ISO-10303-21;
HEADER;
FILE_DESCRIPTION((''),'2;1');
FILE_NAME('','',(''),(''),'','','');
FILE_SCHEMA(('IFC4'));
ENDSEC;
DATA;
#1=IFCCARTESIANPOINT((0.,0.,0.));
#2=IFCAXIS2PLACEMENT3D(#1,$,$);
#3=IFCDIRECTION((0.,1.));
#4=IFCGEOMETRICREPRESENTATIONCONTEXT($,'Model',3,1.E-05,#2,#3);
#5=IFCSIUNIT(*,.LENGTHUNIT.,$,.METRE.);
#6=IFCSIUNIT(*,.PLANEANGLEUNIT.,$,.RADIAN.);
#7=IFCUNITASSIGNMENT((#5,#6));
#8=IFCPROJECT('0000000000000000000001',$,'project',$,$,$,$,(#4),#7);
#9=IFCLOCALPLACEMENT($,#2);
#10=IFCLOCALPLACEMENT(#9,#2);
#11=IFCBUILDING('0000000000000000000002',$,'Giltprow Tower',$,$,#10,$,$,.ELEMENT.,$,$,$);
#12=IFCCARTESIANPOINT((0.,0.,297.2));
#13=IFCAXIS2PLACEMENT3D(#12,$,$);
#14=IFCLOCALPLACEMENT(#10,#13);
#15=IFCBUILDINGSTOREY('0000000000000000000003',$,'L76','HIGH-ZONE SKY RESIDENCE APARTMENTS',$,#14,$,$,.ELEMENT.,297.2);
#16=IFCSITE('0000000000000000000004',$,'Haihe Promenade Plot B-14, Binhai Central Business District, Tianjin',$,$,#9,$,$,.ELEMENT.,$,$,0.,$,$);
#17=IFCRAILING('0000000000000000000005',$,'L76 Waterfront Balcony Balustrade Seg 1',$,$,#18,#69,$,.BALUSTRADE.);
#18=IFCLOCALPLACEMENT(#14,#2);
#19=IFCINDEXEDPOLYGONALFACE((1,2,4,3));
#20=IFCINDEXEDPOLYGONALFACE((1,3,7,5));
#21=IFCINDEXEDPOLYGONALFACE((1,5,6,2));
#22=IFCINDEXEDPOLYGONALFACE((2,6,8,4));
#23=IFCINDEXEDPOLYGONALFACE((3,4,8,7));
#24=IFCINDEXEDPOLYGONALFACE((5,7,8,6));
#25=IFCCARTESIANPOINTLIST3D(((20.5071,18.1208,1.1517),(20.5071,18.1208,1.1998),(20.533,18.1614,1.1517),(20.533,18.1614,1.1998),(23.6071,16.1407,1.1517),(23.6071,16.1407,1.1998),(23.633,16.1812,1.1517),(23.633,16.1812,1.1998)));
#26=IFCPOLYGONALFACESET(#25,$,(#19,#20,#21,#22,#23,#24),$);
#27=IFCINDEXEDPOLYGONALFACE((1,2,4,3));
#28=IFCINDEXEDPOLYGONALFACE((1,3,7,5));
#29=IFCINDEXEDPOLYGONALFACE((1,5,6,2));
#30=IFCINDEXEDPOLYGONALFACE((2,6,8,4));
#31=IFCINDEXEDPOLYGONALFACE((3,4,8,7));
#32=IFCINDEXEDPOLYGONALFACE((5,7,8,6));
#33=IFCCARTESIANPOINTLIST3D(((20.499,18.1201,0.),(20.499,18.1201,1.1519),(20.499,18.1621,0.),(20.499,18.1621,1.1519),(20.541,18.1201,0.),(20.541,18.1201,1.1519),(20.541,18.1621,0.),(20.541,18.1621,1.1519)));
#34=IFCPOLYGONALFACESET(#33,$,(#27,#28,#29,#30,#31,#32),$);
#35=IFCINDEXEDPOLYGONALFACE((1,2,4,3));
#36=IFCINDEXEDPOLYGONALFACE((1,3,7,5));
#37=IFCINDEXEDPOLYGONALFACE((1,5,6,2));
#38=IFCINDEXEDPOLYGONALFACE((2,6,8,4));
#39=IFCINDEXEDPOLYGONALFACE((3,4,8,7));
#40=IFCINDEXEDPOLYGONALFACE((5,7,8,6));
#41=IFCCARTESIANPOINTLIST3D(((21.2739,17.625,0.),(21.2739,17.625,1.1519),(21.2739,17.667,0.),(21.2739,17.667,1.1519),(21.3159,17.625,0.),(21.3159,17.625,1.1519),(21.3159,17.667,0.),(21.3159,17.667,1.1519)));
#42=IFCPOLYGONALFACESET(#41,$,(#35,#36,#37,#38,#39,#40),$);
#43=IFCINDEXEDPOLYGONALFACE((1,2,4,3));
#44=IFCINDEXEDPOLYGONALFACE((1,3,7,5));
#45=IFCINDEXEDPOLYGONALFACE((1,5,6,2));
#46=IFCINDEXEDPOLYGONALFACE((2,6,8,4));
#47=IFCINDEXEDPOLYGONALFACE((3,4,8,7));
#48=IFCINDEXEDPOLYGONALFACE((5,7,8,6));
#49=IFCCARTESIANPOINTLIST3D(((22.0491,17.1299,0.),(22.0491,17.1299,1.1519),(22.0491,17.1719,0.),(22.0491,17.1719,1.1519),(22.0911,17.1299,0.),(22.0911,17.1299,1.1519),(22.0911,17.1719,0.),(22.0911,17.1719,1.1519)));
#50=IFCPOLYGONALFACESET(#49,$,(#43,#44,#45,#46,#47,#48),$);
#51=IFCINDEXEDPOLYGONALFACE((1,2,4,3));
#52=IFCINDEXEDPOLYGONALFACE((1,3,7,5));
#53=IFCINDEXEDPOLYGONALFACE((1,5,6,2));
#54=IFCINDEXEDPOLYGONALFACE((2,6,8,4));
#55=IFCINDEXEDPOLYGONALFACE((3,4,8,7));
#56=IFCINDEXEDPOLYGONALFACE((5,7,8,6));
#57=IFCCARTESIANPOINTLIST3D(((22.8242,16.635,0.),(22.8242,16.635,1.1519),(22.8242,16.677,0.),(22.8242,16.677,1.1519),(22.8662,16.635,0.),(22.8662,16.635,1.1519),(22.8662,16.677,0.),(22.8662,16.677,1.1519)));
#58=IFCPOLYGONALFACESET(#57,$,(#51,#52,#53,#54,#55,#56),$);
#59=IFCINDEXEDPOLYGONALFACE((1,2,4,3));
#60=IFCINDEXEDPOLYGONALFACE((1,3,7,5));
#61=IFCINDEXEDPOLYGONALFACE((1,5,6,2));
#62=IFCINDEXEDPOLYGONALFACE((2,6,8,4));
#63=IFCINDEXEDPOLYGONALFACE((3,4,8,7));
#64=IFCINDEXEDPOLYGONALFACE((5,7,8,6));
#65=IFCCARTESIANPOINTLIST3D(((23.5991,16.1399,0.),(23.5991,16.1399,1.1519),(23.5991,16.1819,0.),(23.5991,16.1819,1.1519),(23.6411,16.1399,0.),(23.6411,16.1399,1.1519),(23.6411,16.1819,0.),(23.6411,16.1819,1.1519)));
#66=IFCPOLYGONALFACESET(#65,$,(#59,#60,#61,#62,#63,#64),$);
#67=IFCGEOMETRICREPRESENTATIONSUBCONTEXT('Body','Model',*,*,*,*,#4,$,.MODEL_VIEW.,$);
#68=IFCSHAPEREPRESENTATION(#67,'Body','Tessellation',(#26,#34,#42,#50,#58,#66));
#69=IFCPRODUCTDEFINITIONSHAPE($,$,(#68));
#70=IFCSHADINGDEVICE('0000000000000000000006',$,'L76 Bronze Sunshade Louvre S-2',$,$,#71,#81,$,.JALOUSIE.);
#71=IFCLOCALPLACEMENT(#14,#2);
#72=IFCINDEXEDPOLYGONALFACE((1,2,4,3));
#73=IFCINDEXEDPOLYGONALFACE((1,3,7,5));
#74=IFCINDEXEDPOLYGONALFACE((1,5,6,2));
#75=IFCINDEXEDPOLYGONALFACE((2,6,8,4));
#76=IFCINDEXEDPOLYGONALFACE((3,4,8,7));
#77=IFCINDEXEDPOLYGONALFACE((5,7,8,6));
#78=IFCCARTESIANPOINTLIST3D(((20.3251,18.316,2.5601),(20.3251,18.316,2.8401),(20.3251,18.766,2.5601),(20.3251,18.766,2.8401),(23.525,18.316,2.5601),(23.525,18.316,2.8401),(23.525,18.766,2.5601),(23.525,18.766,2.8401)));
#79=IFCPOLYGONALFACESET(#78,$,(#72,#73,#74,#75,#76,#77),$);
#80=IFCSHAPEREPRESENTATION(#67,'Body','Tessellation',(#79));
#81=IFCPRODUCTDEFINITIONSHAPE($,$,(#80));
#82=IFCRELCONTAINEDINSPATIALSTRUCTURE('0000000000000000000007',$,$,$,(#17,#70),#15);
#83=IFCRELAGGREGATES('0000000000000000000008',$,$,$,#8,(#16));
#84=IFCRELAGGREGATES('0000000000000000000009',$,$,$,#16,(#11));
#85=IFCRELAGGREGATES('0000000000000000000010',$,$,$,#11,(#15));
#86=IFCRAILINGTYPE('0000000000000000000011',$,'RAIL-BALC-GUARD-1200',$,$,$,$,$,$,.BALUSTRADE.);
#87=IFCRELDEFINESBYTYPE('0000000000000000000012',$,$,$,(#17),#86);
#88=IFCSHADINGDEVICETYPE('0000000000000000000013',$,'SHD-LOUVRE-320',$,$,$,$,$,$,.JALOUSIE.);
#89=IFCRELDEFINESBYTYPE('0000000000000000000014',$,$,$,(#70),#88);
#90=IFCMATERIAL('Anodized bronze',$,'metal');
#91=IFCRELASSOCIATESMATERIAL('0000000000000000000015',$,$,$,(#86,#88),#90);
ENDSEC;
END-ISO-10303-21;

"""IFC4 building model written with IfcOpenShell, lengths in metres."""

from ifc_helpers import new_model, si_unit, direction, frame, origin, origin_2d, place, context, subcontext, project, spatial, rectangle, extrude, source, transform, mapped, material, type_object, element, save


model = new_model("IFC4")

# Units and contexts
model_context = context("Model", 3, precision=1e-05, world=origin(), true_north=direction((0.0, 1.0)))
body_context = subcontext(model_context, "Body", "Model", "MODEL_VIEW")
ifc_project = project(units=[si_unit("LENGTHUNIT", "METRE"), si_unit("PLANEANGLEUNIT", "RADIAN")], contexts=[model_context])

# Site, building, storey
site_placement = place(None, origin())
site = spatial("IfcSite", under=ifc_project, at=site_placement, Name="Haihe Promenade Plot B-14, Binhai Central Business District, Tianjin", CompositionType="ELEMENT", RefElevation=0.0)
building_placement = place(site_placement, origin())
building = spatial("IfcBuilding", under=site, at=building_placement, Name="Giltprow Tower", CompositionType="ELEMENT")
storey_placement = place(building_placement, frame((0.0, 0.0, 297.2)))
storey = spatial("IfcBuildingStorey", under=building, at=storey_placement, Name="L76", Description="HIGH-ZONE SKY RESIDENCE APARTMENTS", CompositionType="ELEMENT", Elevation=297.2)

# Shared definitions
ifc_material_1 = material(Name="Anodized bronze", Category="metal")

# Railing
railing_type = type_object("IfcRailingType", Name="RAIL-BALC-GUARD-1200", PredefinedType="BALUSTRADE", material=ifc_material_1)
railing_placement = place(storey_placement, frame((20.52, 18.1411, 0.0)))
element("IfcRailing", 1, at=railing_placement, inside=storey, type_object=railing_type, Name="L76 Waterfront Balcony Balustrade Seg 1", PredefinedType="BALUSTRADE", context=body_context, shape_type="SweptSolid", body=[
    extrude(rectangle(XDim=0.0481, YDim=0.0481, at=origin_2d()), frame((0.0, 0.0, 1.1758), z_axis=(0.842745, -0.538313, 0.0), x_axis=(0.538313, 0.842745, 0.0)), (0.0, 0.0, 1.0), 3.6785),
    extrude(rectangle(XDim=0.042, YDim=0.042, at=origin_2d()), origin(), (0.0, 0.0, 1.0), 1.1519),
    extrude(rectangle(XDim=0.042, YDim=0.042, at=origin_2d()), frame((0.7749, -0.4951, 0.0)), (0.0, 0.0, 1.0), 1.1519),
    extrude(rectangle(XDim=0.042, YDim=0.042, at=origin_2d()), frame((1.55, -0.9902, 0.0)), (0.0, 0.0, 1.0), 1.1519),
    extrude(rectangle(XDim=0.042, YDim=0.042, at=origin_2d()), frame((2.3252, -1.4851, 0.0)), (0.0, 0.0, 1.0), 1.1519),
    extrude(rectangle(XDim=0.042, YDim=0.042, at=origin_2d()), frame((3.1001, -1.9802, 0.0)), (0.0, 0.0, 1.0), 1.1519),
])

# Shading device
shading_device_type = type_object("IfcShadingDeviceType", Name="SHD-LOUVRE-320", PredefinedType="JALOUSIE", material=ifc_material_1)
shared_shape_1 = source(origin(), body_context, "Body", "SweptSolid", [
    extrude(rectangle(XDim=3.2, YDim=0.45, at=origin_2d()), origin(), (0.0, 0.0, 1.0), 0.28),
])
shading_device_placement = place(storey_placement, frame((21.925, 18.541, 2.5601), z_axis=(0.0, 0.0, 1.0), x_axis=(1.0, 0.0, 0.0)))
element("IfcShadingDevice", 2, at=shading_device_placement, inside=storey, type_object=shading_device_type, Name="L76 Bronze Sunshade Louvre S-2", PredefinedType="JALOUSIE", context=body_context, shape_type="MappedRepresentation", body=[
    mapped(shared_shape_1, transform((0.0, 0.0, 0.0), x_axis=(1.0, 0.0, 0.0), y_axis=(0.0, 1.0, 0.0), z_axis=(0.0, 0.0, 1.0), scale=1.0)),
])

save(model, "model.ifc")
